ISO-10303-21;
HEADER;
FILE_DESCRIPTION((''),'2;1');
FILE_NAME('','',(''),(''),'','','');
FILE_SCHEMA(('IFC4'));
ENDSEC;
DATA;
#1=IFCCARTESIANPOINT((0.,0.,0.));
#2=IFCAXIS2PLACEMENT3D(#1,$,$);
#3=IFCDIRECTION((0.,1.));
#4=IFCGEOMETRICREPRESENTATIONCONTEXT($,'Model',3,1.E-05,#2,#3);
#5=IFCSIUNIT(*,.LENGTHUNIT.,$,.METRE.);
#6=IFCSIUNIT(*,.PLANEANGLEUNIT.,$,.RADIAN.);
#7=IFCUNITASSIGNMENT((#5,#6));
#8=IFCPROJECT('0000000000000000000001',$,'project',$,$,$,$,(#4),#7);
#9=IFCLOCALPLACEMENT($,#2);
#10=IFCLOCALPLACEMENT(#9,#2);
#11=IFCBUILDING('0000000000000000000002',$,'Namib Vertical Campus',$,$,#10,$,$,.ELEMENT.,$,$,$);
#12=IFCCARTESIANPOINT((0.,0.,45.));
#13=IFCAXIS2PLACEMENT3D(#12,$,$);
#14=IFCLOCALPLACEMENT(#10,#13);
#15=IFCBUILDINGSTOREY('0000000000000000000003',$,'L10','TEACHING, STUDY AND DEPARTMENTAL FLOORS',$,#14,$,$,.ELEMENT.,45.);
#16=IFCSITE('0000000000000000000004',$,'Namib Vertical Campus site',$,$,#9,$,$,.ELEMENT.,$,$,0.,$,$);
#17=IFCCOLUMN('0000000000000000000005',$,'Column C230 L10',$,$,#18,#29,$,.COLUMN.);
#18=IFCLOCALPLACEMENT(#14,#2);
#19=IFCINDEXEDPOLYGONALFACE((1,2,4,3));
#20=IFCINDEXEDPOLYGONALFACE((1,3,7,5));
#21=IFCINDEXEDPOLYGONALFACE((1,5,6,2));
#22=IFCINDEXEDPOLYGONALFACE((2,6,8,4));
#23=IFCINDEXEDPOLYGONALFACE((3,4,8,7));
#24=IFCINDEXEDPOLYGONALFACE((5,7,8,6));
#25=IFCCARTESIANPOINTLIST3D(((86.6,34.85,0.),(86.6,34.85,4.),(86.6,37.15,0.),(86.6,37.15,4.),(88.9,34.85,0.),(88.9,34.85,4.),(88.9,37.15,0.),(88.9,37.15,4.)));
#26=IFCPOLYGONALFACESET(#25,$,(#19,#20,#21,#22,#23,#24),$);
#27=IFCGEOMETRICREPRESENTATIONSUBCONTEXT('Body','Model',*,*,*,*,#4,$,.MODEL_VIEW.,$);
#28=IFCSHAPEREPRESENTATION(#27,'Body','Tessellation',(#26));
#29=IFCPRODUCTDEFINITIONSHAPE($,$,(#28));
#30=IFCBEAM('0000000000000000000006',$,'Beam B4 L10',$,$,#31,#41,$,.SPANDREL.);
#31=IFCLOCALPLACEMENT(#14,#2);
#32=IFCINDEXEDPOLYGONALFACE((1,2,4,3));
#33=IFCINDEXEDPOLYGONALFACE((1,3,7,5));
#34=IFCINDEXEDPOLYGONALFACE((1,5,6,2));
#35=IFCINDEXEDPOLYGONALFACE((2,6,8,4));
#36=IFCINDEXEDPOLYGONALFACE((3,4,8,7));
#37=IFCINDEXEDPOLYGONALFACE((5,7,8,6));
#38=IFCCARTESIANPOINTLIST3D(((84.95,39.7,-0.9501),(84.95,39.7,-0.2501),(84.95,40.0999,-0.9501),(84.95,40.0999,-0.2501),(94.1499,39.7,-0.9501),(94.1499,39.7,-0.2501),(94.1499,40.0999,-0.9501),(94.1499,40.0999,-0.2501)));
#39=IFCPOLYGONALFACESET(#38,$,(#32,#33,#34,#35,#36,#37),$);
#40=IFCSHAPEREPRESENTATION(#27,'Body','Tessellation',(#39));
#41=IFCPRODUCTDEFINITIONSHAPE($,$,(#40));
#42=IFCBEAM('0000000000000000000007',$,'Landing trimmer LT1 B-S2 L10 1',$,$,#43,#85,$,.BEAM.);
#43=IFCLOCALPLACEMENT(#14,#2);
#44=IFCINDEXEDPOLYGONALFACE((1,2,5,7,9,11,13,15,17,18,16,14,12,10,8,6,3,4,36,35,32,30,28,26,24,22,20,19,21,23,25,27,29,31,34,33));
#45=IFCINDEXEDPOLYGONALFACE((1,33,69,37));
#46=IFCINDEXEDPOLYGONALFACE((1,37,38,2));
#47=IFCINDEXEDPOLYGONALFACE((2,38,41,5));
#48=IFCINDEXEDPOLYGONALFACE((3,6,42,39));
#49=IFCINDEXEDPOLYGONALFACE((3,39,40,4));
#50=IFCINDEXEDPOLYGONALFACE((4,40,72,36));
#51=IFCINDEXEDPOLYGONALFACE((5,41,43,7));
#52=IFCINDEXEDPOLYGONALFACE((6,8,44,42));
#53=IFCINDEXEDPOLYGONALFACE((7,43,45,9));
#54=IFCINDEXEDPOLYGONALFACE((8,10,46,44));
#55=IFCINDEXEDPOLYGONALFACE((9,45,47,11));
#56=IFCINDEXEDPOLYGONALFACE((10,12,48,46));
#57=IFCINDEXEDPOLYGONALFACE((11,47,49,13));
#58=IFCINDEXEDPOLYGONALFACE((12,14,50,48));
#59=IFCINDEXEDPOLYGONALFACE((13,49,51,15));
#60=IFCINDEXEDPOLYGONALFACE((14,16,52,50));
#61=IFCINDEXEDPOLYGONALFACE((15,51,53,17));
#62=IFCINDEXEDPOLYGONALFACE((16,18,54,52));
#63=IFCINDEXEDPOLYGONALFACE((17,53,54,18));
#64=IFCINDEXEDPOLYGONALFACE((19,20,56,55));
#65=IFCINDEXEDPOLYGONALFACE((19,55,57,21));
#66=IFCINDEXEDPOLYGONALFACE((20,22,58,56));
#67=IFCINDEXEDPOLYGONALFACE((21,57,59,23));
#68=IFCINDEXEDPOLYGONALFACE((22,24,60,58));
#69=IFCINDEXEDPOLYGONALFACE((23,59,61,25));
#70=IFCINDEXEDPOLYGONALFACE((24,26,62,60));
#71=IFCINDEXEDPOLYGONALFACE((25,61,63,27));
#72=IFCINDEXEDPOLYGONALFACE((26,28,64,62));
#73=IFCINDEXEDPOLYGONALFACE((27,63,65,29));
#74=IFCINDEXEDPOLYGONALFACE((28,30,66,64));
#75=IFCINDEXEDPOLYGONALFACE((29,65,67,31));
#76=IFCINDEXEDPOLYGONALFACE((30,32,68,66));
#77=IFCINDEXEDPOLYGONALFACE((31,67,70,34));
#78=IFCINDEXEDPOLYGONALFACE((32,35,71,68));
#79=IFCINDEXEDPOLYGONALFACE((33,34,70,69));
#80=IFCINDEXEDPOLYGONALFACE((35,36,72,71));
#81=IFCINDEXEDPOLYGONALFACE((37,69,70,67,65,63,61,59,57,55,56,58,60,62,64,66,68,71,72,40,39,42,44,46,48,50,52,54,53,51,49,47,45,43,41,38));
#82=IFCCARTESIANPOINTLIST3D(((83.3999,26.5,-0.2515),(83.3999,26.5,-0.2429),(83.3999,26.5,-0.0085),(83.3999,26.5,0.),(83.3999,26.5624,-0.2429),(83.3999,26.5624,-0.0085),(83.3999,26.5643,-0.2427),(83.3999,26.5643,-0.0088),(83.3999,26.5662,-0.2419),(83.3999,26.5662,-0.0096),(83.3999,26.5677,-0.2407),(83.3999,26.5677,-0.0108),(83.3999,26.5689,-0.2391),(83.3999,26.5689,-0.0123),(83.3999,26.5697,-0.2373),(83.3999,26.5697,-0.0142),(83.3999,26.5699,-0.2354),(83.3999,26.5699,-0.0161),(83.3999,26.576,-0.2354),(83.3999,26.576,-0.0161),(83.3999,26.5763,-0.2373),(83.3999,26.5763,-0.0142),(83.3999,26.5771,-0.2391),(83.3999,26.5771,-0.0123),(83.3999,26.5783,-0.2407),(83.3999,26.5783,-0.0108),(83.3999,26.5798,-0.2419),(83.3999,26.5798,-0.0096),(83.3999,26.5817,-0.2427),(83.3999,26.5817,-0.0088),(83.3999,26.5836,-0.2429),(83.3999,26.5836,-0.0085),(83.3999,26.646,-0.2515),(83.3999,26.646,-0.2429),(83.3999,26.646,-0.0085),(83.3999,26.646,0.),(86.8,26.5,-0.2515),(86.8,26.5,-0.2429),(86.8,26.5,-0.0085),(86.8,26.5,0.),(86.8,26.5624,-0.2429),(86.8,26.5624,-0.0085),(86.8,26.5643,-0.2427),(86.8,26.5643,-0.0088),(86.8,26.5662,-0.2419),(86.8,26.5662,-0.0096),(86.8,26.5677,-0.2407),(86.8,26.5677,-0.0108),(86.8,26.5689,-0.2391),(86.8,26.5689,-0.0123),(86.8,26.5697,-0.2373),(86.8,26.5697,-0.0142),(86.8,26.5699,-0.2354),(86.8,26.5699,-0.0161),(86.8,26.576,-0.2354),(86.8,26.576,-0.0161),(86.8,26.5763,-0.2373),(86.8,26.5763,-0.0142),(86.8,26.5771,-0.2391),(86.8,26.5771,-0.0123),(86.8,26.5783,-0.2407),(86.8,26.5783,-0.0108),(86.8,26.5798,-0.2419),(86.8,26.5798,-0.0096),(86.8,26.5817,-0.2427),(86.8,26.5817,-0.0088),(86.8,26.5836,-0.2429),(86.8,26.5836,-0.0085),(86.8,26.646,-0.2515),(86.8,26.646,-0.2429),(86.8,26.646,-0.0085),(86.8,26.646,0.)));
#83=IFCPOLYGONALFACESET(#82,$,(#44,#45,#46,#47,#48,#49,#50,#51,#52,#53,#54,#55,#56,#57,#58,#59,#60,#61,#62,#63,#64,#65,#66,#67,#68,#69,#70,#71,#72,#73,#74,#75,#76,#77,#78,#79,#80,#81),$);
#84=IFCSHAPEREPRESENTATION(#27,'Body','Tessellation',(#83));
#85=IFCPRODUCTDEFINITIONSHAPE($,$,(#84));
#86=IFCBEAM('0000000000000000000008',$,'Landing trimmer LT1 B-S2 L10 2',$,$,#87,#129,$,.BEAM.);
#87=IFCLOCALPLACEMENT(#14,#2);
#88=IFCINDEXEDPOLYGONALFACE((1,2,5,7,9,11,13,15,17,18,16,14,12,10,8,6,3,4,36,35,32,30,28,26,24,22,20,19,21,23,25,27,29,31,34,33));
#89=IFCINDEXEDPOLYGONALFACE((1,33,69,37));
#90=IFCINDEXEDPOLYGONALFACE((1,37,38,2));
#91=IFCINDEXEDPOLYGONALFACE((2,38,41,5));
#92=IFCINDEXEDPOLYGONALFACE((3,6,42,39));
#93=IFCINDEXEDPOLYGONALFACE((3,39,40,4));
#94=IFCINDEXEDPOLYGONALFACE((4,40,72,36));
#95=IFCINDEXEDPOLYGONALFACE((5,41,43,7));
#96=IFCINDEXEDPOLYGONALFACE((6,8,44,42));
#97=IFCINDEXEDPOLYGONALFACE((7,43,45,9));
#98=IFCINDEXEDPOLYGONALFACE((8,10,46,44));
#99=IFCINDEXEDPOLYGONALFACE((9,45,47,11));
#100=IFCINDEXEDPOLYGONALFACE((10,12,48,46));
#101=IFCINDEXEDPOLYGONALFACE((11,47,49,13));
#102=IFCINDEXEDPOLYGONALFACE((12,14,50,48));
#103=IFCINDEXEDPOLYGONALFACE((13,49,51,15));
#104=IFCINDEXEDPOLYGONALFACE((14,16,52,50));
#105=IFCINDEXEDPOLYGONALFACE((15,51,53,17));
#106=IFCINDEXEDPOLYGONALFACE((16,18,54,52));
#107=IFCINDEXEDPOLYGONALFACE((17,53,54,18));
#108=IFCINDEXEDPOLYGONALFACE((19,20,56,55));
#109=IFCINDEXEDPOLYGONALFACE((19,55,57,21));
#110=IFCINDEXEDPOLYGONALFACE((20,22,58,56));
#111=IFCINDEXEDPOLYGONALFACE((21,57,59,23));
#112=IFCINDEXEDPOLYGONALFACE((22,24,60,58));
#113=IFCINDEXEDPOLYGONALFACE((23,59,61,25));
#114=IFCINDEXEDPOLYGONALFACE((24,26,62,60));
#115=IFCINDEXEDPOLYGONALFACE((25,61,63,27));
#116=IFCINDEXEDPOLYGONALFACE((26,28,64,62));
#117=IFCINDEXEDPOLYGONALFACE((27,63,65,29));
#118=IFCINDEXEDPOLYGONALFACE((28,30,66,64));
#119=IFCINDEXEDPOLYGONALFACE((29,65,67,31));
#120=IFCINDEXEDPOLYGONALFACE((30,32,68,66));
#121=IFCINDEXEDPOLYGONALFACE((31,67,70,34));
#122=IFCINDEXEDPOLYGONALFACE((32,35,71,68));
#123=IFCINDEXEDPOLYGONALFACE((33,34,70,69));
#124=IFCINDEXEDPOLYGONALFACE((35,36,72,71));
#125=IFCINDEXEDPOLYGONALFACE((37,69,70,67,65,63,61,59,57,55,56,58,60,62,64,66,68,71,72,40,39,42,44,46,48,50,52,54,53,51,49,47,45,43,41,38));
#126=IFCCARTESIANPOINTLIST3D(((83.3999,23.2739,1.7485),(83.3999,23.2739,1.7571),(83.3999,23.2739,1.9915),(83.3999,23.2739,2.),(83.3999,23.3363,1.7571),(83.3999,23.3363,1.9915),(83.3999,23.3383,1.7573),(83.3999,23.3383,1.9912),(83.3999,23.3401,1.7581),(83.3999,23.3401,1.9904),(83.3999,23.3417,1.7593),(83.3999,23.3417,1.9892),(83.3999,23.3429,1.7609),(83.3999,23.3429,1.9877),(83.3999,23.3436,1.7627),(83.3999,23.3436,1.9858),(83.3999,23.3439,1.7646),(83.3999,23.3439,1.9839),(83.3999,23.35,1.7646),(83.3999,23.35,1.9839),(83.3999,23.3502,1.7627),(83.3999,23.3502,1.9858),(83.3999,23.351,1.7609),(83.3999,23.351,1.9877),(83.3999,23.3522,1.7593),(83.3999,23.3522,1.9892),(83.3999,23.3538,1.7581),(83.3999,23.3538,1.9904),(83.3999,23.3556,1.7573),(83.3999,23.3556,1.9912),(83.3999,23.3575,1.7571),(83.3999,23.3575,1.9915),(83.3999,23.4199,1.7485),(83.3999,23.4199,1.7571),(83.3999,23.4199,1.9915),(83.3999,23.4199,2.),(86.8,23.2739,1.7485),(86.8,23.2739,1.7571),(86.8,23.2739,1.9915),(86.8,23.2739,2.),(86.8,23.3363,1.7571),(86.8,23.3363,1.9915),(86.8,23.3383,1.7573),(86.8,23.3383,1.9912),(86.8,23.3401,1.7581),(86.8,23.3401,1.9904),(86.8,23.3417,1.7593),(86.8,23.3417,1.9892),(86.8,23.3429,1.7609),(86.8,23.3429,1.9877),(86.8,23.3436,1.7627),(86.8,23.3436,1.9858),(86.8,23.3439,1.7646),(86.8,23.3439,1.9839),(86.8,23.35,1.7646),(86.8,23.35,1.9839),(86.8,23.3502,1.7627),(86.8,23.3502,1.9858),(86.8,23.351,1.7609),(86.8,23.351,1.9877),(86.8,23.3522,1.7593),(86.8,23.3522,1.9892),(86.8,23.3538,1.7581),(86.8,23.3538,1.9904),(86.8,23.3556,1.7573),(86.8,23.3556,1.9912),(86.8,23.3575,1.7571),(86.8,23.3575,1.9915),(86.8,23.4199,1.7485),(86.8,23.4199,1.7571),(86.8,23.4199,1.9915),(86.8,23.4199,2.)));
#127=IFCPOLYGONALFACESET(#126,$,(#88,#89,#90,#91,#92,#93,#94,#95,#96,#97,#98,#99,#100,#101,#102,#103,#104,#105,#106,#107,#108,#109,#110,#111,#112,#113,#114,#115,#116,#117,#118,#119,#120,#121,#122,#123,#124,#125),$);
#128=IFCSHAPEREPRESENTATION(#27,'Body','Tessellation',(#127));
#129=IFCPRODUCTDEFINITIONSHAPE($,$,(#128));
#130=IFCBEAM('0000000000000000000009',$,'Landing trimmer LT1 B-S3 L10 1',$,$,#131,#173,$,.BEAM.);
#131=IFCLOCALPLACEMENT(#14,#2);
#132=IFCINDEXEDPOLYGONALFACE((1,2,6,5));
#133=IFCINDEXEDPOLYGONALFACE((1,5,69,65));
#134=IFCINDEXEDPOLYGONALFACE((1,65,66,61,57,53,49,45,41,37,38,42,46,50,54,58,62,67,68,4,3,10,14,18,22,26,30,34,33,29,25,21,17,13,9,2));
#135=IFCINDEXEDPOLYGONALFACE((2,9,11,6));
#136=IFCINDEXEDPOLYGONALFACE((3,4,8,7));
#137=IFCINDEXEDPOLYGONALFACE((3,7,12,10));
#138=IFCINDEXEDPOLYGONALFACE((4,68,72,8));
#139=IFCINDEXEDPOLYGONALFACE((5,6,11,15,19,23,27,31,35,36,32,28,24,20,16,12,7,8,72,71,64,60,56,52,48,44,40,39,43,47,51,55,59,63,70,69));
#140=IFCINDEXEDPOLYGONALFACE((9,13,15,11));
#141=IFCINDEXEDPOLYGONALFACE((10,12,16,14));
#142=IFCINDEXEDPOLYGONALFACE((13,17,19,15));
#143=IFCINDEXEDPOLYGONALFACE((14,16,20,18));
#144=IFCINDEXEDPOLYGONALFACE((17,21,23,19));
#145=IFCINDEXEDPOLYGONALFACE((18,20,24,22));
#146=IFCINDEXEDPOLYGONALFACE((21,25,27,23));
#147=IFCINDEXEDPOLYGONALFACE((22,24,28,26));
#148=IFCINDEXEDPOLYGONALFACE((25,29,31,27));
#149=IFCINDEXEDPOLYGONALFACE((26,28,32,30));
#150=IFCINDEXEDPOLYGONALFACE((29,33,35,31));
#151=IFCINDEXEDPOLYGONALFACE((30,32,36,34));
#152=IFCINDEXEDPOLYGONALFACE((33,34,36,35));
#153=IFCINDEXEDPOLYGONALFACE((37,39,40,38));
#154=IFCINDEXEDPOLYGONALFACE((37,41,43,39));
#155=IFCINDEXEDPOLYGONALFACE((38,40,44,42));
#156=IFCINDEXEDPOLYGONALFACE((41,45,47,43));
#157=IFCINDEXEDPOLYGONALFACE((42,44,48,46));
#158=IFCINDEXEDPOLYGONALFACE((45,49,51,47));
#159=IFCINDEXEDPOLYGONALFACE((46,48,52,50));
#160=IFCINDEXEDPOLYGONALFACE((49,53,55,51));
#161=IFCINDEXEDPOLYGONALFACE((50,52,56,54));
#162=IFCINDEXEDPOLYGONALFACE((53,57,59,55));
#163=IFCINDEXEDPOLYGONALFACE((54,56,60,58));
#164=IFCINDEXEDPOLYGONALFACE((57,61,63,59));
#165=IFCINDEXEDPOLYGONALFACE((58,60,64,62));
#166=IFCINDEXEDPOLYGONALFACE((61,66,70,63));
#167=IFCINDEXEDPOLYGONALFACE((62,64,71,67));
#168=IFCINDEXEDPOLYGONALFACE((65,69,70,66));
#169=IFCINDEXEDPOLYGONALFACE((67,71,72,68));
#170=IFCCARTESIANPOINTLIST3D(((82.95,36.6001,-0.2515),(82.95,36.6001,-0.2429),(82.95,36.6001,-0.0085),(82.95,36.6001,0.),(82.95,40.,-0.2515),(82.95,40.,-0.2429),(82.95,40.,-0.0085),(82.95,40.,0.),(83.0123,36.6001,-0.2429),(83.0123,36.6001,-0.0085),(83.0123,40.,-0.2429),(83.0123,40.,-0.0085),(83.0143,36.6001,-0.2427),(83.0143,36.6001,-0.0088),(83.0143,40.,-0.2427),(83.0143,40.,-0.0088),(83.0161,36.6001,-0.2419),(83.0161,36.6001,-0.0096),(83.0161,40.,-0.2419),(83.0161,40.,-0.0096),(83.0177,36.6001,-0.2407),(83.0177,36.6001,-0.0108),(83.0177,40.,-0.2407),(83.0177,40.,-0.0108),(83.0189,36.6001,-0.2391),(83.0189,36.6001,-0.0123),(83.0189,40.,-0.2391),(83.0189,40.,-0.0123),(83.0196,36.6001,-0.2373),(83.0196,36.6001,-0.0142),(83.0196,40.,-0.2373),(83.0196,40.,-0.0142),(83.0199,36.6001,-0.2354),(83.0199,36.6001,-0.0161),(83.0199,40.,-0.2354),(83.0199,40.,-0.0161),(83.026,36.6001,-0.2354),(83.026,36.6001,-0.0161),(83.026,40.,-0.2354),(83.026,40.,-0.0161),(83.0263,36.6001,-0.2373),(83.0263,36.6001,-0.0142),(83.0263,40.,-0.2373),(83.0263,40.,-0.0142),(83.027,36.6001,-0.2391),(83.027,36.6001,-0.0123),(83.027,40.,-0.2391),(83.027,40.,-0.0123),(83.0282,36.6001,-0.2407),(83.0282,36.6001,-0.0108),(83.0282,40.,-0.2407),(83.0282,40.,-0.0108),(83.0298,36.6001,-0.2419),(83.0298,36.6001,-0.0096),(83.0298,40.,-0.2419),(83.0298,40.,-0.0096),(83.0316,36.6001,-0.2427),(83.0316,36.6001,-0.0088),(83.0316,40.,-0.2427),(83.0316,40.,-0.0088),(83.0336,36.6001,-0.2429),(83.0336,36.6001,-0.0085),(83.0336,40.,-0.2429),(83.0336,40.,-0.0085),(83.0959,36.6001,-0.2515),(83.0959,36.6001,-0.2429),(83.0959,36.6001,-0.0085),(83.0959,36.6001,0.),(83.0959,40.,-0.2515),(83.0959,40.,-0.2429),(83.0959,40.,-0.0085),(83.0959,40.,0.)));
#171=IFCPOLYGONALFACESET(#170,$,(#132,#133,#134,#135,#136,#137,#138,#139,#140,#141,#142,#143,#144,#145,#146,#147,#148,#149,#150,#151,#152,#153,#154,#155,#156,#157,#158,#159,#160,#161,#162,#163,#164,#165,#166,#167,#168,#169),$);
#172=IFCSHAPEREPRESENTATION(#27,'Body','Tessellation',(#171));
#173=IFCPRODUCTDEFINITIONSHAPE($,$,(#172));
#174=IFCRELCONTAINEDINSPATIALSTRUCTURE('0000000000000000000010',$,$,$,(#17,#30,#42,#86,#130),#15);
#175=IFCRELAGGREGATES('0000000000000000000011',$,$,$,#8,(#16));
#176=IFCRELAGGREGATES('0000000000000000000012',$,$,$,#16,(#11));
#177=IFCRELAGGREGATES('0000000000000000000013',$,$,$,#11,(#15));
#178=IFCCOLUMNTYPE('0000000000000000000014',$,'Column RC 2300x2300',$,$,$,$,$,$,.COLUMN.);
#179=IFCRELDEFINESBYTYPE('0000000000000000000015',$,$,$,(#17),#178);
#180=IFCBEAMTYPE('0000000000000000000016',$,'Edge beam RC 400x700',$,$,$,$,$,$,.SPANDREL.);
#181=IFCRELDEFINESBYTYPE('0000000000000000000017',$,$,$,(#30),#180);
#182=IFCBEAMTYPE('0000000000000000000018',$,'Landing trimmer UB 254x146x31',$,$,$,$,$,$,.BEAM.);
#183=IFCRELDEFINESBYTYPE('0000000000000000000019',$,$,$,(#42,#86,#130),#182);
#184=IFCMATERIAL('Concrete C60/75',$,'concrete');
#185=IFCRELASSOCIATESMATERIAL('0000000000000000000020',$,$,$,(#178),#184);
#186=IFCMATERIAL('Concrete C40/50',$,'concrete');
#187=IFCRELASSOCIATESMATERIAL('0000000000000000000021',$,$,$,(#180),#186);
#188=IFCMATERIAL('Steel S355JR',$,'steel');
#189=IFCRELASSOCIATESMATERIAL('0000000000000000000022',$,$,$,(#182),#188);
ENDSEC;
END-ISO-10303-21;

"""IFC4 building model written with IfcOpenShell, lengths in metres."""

from ifc_helpers import new_model, si_unit, direction, frame, origin, origin_2d, place, context, subcontext, project, spatial, rectangle, i_section, extrude, material, material_profile, profile_set, type_object, element, save


model = new_model("IFC4")

# Units and contexts
model_context = context("Model", 3, precision=1e-05, world=origin(), true_north=direction((0.0, 1.0)))
body_context = subcontext(model_context, "Body", "Model", "MODEL_VIEW")
ifc_project = project(units=[si_unit("LENGTHUNIT", "METRE"), si_unit("PLANEANGLEUNIT", "RADIAN")], contexts=[model_context])

# Site, building, storey
site_placement = place(None, origin())
site = spatial("IfcSite", under=ifc_project, at=site_placement, Name="Namib Vertical Campus site", CompositionType="ELEMENT", RefElevation=0.0)
building_placement = place(site_placement, origin())
building = spatial("IfcBuilding", under=site, at=building_placement, Name="Namib Vertical Campus", CompositionType="ELEMENT")
storey_placement = place(building_placement, frame((0.0, 0.0, 45.0)))
storey = spatial("IfcBuildingStorey", under=building, at=storey_placement, Name="L10", Description="TEACHING, STUDY AND DEPARTMENTAL FLOORS", CompositionType="ELEMENT", Elevation=45.0)

# Column
ifc_material_1 = material(Name="Concrete C60/75", Category="concrete")
ifc_material_profile_1 = material_profile(ifc_material_1, rectangle(XDim=2.3, YDim=2.3, at=origin_2d()))
ifc_profile_set_1 = profile_set([ifc_material_profile_1], Name="Concrete C60/75")
column_type = type_object("IfcColumnType", Name="Column RC 2300x2300", PredefinedType="COLUMN", material=ifc_profile_set_1)
column_placement = place(storey_placement, frame((87.75, 36.0, 0.0), z_axis=(0.0, 0.0, 1.0), x_axis=(1.0, 0.0, 0.0)))
element("IfcColumn", 1, at=column_placement, inside=storey, type_object=column_type, Name="Column C230 L10", PredefinedType="COLUMN", context=body_context, shape_type="SweptSolid", body=[
    extrude(rectangle(XDim=2.3, YDim=2.3, at=origin_2d()), origin(), (0.0, 0.0, 1.0), 4.0),
])

# Beams
ifc_material_2 = material(Name="Concrete C40/50", Category="concrete")
ifc_material_profile_2 = material_profile(ifc_material_2, rectangle(XDim=0.3999, YDim=0.7, at=origin_2d()))
ifc_profile_set_2 = profile_set([ifc_material_profile_2], Name="Concrete C40/50")
beam_type_1 = type_object("IfcBeamType", Name="Edge beam RC 400x700", PredefinedType="SPANDREL", material=ifc_profile_set_2)
beam_1_placement = place(storey_placement, frame((84.95, 39.8999, -0.6001), z_axis=(1.0, 0.0, 0.0), x_axis=(0.0, 1.0, 0.0)))
element("IfcBeam", 2, at=beam_1_placement, inside=storey, type_object=beam_type_1, Name="Beam B4 L10", PredefinedType="SPANDREL", context=body_context, shape_type="SweptSolid", body=[
    extrude(rectangle(XDim=0.3999, YDim=0.7, at=origin_2d()), origin(), (0.0, 0.0, 1.0), 9.2),
])
ifc_material_3 = material(Name="Steel S355JR", Category="steel")
ifc_material_profile_3 = material_profile(ifc_material_3, i_section(OverallWidth=0.146, OverallDepth=0.2515, WebThickness=0.0061, FlangeThickness=0.0085, FilletRadius=0.0076, at=origin_2d()))
ifc_profile_set_3 = profile_set([ifc_material_profile_3], Name="Steel S355JR")
beam_type_2 = type_object("IfcBeamType", Name="Landing trimmer UB 254x146x31", PredefinedType="BEAM", material=ifc_profile_set_3)
for number, where, z_axis, x_axis, name in (
    (3, (83.3999, 26.573, -0.1257), (1.0, 0.0, 0.0), (0.0, 1.0, 0.0), "Landing trimmer LT1 B-S2 L10 1"),
    (4, (83.3999, 23.3469, 1.8743), (1.0, 0.0, 0.0), (0.0, 1.0, 0.0), "Landing trimmer LT1 B-S2 L10 2"),
):
    element("IfcBeam", number, at=place(storey_placement, frame(where, z_axis=z_axis, x_axis=x_axis)), inside=storey, type_object=beam_type_2, Name=name, PredefinedType="BEAM", context=body_context, shape_type="SweptSolid", body=[
        extrude(i_section(OverallWidth=0.146, OverallDepth=0.2515, WebThickness=0.0061, FlangeThickness=0.0085, FilletRadius=0.0076, at=origin_2d()), origin(), (0.0, 0.0, 1.0), 3.4001),
    ])
beam_2_placement = place(storey_placement, frame((83.0229, 36.6001, -0.1257), z_axis=(0.0, 1.0, 0.0), x_axis=(-1.0, 0.0, 0.0)))
element("IfcBeam", 5, at=beam_2_placement, inside=storey, type_object=beam_type_2, Name="Landing trimmer LT1 B-S3 L10 1", PredefinedType="BEAM", context=body_context, shape_type="SweptSolid", body=[
    extrude(i_section(OverallWidth=0.146, OverallDepth=0.2515, WebThickness=0.0061, FlangeThickness=0.0085, FilletRadius=0.0076, at=origin_2d()), origin(), (0.0, 0.0, 1.0), 3.3999),
])

save(model, "model.ifc")
